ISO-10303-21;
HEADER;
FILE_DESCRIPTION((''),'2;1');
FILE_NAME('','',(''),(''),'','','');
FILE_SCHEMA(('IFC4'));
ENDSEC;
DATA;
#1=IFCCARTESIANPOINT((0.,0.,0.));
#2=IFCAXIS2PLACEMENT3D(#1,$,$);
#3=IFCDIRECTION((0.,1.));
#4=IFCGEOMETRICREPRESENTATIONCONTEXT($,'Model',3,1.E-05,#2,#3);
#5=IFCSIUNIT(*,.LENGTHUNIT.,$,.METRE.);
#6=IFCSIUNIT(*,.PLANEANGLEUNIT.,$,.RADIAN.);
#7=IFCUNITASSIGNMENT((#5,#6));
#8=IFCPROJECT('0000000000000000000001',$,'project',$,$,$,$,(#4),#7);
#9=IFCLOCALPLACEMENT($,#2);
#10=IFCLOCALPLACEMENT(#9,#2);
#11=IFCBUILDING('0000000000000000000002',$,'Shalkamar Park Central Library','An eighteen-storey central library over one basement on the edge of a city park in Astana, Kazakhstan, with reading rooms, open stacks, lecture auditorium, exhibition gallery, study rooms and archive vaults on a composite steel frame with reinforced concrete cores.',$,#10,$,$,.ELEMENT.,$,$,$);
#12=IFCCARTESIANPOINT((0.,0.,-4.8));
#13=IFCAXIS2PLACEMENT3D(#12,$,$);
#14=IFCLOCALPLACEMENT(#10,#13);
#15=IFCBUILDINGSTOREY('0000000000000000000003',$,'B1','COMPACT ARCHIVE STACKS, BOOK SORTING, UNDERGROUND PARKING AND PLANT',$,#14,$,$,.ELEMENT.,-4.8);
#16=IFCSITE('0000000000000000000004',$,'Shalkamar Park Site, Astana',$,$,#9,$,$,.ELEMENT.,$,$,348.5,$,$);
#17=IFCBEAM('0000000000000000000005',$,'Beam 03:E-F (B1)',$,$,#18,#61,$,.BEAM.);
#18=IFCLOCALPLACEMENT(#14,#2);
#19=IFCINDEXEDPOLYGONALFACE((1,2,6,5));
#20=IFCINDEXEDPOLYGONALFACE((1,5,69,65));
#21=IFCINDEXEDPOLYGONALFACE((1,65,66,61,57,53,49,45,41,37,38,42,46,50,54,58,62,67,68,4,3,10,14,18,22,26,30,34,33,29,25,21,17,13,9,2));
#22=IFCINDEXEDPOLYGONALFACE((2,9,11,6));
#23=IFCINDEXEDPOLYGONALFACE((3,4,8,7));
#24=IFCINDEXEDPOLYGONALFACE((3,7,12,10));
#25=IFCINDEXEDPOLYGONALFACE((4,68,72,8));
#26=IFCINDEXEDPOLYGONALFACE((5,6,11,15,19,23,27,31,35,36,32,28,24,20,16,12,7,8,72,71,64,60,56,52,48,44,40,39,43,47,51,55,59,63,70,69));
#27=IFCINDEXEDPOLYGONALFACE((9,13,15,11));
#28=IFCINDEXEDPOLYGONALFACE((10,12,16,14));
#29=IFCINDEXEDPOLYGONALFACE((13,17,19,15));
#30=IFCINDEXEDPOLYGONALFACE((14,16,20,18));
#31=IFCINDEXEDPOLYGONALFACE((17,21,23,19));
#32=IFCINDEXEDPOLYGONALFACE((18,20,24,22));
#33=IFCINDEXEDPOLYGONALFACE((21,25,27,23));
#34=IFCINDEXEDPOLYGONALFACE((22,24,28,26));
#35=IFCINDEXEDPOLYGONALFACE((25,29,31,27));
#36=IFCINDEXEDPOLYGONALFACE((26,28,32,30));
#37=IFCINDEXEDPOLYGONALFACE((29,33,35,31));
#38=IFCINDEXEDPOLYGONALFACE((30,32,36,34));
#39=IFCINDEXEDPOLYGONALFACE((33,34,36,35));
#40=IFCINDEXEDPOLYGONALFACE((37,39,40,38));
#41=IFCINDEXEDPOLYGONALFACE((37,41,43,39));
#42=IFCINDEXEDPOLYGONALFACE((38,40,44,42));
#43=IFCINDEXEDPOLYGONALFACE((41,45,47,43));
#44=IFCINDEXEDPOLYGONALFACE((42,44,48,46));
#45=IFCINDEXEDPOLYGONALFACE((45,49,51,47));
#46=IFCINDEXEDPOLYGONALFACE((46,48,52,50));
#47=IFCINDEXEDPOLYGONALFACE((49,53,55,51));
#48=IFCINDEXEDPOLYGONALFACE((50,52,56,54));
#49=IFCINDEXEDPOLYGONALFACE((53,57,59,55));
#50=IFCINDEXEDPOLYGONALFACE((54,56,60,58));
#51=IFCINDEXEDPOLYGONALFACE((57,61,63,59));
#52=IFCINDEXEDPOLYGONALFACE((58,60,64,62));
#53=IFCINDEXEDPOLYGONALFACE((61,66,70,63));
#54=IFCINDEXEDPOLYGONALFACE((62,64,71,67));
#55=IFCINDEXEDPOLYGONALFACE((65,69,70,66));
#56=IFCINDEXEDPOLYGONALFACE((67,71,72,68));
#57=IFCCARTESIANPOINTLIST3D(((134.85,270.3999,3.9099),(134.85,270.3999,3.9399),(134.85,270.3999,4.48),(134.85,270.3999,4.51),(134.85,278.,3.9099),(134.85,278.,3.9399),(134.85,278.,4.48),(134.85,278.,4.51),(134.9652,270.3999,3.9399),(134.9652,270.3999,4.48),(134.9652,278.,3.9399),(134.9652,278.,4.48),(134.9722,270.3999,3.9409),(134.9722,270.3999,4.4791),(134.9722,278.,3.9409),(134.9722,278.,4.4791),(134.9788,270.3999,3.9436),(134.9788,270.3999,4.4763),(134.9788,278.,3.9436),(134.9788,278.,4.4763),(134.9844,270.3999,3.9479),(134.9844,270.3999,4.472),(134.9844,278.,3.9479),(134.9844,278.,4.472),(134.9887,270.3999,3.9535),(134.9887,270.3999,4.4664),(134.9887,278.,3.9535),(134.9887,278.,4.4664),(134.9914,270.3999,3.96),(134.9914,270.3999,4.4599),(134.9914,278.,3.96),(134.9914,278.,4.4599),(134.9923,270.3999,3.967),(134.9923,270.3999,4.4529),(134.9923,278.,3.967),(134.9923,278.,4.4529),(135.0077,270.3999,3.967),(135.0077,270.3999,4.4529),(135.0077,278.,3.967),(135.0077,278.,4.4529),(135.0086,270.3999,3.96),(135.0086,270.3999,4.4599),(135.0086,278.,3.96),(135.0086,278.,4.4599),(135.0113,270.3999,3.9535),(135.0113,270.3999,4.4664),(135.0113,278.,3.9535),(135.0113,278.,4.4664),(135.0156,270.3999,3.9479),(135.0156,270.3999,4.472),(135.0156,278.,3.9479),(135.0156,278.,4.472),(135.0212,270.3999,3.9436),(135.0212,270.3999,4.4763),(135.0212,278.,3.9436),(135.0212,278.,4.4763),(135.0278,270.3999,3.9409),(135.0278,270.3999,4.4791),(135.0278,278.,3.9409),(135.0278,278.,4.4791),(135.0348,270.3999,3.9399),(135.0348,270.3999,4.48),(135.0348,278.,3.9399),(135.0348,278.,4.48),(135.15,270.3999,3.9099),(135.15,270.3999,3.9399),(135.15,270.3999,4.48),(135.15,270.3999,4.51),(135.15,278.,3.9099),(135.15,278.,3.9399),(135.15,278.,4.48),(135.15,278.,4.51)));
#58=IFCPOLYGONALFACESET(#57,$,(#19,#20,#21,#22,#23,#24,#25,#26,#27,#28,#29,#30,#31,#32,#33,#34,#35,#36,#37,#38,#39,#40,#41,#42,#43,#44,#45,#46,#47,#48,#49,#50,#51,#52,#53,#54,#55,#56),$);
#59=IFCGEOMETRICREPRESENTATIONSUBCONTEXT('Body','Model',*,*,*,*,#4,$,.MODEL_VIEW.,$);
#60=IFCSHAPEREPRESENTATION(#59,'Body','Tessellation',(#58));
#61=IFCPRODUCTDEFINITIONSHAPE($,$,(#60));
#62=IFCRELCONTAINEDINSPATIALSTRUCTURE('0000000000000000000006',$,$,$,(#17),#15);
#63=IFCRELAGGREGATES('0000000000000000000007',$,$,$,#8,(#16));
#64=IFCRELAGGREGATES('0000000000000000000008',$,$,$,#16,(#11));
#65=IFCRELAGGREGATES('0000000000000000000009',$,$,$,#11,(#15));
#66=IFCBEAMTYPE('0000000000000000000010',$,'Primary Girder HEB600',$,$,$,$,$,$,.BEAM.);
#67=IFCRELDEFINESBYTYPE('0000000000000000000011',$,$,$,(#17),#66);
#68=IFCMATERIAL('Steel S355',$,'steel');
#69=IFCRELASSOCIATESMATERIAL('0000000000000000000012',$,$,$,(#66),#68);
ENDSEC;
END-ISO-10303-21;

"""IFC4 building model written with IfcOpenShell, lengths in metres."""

from ifc_helpers import new_model, si_unit, direction, frame, origin, origin_2d, place, context, subcontext, project, spatial, i_section, extrude, material, material_profile, profile_set, type_object, element, save


model = new_model("IFC4")

# Units and contexts
model_context = context("Model", 3, precision=1e-05, world=origin(), true_north=direction((0.0, 1.0)))
body_context = subcontext(model_context, "Body", "Model", "MODEL_VIEW")
ifc_project = project(units=[si_unit("LENGTHUNIT", "METRE"), si_unit("PLANEANGLEUNIT", "RADIAN")], contexts=[model_context])

# Site, building, storey
site_placement = place(None, origin())
site = spatial("IfcSite", under=ifc_project, at=site_placement, Name="Shalkamar Park Site, Astana", CompositionType="ELEMENT", RefElevation=348.5)
building_placement = place(site_placement, origin())
building = spatial("IfcBuilding", under=site, at=building_placement, Name="Shalkamar Park Central Library", Description="An eighteen-storey central library over one basement on the edge of a city park in Astana, Kazakhstan, with reading rooms, open stacks, lecture auditorium, exhibition gallery, study rooms and archive vaults on a composite steel frame with reinforced concrete cores.", CompositionType="ELEMENT")
storey_placement = place(building_placement, frame((0.0, 0.0, -4.8)))
storey = spatial("IfcBuildingStorey", under=building, at=storey_placement, Name="B1", Description="COMPACT ARCHIVE STACKS, BOOK SORTING, UNDERGROUND PARKING AND PLANT", CompositionType="ELEMENT", Elevation=-4.8)

# Shared definitions
ifc_material_1 = material(Name="Steel S355", Category="steel")

# Beam
ifc_material_profile_1 = material_profile(ifc_material_1, i_section(OverallWidth=0.3, OverallDepth=0.6001, WebThickness=0.0154, FlangeThickness=0.03, FilletRadius=0.0271, at=origin_2d()), Name="HEB 600")
ifc_profile_set_1 = profile_set([ifc_material_profile_1], Name="Steel S355")
beam_type = type_object("IfcBeamType", Name="Primary Girder HEB600", PredefinedType="BEAM", material=ifc_profile_set_1)
beam_1_placement = place(storey_placement, frame((135.0, 270.3999, 4.21), z_axis=(0.0, 1.0, 0.0), x_axis=(-1.0, 0.0, 0.0)))
element("IfcBeam", 1, at=beam_1_placement, inside=storey, type_object=beam_type, Name="Beam 03:E-F (B1)", PredefinedType="BEAM", context=body_context, shape_type="SweptSolid", body=[
    extrude(i_section(OverallWidth=0.3, OverallDepth=0.6001, WebThickness=0.0154, FlangeThickness=0.03, FilletRadius=0.0271, at=origin_2d()), origin(), (0.0, 0.0, 1.0), 7.6001),
])

save(model, "model.ifc")
